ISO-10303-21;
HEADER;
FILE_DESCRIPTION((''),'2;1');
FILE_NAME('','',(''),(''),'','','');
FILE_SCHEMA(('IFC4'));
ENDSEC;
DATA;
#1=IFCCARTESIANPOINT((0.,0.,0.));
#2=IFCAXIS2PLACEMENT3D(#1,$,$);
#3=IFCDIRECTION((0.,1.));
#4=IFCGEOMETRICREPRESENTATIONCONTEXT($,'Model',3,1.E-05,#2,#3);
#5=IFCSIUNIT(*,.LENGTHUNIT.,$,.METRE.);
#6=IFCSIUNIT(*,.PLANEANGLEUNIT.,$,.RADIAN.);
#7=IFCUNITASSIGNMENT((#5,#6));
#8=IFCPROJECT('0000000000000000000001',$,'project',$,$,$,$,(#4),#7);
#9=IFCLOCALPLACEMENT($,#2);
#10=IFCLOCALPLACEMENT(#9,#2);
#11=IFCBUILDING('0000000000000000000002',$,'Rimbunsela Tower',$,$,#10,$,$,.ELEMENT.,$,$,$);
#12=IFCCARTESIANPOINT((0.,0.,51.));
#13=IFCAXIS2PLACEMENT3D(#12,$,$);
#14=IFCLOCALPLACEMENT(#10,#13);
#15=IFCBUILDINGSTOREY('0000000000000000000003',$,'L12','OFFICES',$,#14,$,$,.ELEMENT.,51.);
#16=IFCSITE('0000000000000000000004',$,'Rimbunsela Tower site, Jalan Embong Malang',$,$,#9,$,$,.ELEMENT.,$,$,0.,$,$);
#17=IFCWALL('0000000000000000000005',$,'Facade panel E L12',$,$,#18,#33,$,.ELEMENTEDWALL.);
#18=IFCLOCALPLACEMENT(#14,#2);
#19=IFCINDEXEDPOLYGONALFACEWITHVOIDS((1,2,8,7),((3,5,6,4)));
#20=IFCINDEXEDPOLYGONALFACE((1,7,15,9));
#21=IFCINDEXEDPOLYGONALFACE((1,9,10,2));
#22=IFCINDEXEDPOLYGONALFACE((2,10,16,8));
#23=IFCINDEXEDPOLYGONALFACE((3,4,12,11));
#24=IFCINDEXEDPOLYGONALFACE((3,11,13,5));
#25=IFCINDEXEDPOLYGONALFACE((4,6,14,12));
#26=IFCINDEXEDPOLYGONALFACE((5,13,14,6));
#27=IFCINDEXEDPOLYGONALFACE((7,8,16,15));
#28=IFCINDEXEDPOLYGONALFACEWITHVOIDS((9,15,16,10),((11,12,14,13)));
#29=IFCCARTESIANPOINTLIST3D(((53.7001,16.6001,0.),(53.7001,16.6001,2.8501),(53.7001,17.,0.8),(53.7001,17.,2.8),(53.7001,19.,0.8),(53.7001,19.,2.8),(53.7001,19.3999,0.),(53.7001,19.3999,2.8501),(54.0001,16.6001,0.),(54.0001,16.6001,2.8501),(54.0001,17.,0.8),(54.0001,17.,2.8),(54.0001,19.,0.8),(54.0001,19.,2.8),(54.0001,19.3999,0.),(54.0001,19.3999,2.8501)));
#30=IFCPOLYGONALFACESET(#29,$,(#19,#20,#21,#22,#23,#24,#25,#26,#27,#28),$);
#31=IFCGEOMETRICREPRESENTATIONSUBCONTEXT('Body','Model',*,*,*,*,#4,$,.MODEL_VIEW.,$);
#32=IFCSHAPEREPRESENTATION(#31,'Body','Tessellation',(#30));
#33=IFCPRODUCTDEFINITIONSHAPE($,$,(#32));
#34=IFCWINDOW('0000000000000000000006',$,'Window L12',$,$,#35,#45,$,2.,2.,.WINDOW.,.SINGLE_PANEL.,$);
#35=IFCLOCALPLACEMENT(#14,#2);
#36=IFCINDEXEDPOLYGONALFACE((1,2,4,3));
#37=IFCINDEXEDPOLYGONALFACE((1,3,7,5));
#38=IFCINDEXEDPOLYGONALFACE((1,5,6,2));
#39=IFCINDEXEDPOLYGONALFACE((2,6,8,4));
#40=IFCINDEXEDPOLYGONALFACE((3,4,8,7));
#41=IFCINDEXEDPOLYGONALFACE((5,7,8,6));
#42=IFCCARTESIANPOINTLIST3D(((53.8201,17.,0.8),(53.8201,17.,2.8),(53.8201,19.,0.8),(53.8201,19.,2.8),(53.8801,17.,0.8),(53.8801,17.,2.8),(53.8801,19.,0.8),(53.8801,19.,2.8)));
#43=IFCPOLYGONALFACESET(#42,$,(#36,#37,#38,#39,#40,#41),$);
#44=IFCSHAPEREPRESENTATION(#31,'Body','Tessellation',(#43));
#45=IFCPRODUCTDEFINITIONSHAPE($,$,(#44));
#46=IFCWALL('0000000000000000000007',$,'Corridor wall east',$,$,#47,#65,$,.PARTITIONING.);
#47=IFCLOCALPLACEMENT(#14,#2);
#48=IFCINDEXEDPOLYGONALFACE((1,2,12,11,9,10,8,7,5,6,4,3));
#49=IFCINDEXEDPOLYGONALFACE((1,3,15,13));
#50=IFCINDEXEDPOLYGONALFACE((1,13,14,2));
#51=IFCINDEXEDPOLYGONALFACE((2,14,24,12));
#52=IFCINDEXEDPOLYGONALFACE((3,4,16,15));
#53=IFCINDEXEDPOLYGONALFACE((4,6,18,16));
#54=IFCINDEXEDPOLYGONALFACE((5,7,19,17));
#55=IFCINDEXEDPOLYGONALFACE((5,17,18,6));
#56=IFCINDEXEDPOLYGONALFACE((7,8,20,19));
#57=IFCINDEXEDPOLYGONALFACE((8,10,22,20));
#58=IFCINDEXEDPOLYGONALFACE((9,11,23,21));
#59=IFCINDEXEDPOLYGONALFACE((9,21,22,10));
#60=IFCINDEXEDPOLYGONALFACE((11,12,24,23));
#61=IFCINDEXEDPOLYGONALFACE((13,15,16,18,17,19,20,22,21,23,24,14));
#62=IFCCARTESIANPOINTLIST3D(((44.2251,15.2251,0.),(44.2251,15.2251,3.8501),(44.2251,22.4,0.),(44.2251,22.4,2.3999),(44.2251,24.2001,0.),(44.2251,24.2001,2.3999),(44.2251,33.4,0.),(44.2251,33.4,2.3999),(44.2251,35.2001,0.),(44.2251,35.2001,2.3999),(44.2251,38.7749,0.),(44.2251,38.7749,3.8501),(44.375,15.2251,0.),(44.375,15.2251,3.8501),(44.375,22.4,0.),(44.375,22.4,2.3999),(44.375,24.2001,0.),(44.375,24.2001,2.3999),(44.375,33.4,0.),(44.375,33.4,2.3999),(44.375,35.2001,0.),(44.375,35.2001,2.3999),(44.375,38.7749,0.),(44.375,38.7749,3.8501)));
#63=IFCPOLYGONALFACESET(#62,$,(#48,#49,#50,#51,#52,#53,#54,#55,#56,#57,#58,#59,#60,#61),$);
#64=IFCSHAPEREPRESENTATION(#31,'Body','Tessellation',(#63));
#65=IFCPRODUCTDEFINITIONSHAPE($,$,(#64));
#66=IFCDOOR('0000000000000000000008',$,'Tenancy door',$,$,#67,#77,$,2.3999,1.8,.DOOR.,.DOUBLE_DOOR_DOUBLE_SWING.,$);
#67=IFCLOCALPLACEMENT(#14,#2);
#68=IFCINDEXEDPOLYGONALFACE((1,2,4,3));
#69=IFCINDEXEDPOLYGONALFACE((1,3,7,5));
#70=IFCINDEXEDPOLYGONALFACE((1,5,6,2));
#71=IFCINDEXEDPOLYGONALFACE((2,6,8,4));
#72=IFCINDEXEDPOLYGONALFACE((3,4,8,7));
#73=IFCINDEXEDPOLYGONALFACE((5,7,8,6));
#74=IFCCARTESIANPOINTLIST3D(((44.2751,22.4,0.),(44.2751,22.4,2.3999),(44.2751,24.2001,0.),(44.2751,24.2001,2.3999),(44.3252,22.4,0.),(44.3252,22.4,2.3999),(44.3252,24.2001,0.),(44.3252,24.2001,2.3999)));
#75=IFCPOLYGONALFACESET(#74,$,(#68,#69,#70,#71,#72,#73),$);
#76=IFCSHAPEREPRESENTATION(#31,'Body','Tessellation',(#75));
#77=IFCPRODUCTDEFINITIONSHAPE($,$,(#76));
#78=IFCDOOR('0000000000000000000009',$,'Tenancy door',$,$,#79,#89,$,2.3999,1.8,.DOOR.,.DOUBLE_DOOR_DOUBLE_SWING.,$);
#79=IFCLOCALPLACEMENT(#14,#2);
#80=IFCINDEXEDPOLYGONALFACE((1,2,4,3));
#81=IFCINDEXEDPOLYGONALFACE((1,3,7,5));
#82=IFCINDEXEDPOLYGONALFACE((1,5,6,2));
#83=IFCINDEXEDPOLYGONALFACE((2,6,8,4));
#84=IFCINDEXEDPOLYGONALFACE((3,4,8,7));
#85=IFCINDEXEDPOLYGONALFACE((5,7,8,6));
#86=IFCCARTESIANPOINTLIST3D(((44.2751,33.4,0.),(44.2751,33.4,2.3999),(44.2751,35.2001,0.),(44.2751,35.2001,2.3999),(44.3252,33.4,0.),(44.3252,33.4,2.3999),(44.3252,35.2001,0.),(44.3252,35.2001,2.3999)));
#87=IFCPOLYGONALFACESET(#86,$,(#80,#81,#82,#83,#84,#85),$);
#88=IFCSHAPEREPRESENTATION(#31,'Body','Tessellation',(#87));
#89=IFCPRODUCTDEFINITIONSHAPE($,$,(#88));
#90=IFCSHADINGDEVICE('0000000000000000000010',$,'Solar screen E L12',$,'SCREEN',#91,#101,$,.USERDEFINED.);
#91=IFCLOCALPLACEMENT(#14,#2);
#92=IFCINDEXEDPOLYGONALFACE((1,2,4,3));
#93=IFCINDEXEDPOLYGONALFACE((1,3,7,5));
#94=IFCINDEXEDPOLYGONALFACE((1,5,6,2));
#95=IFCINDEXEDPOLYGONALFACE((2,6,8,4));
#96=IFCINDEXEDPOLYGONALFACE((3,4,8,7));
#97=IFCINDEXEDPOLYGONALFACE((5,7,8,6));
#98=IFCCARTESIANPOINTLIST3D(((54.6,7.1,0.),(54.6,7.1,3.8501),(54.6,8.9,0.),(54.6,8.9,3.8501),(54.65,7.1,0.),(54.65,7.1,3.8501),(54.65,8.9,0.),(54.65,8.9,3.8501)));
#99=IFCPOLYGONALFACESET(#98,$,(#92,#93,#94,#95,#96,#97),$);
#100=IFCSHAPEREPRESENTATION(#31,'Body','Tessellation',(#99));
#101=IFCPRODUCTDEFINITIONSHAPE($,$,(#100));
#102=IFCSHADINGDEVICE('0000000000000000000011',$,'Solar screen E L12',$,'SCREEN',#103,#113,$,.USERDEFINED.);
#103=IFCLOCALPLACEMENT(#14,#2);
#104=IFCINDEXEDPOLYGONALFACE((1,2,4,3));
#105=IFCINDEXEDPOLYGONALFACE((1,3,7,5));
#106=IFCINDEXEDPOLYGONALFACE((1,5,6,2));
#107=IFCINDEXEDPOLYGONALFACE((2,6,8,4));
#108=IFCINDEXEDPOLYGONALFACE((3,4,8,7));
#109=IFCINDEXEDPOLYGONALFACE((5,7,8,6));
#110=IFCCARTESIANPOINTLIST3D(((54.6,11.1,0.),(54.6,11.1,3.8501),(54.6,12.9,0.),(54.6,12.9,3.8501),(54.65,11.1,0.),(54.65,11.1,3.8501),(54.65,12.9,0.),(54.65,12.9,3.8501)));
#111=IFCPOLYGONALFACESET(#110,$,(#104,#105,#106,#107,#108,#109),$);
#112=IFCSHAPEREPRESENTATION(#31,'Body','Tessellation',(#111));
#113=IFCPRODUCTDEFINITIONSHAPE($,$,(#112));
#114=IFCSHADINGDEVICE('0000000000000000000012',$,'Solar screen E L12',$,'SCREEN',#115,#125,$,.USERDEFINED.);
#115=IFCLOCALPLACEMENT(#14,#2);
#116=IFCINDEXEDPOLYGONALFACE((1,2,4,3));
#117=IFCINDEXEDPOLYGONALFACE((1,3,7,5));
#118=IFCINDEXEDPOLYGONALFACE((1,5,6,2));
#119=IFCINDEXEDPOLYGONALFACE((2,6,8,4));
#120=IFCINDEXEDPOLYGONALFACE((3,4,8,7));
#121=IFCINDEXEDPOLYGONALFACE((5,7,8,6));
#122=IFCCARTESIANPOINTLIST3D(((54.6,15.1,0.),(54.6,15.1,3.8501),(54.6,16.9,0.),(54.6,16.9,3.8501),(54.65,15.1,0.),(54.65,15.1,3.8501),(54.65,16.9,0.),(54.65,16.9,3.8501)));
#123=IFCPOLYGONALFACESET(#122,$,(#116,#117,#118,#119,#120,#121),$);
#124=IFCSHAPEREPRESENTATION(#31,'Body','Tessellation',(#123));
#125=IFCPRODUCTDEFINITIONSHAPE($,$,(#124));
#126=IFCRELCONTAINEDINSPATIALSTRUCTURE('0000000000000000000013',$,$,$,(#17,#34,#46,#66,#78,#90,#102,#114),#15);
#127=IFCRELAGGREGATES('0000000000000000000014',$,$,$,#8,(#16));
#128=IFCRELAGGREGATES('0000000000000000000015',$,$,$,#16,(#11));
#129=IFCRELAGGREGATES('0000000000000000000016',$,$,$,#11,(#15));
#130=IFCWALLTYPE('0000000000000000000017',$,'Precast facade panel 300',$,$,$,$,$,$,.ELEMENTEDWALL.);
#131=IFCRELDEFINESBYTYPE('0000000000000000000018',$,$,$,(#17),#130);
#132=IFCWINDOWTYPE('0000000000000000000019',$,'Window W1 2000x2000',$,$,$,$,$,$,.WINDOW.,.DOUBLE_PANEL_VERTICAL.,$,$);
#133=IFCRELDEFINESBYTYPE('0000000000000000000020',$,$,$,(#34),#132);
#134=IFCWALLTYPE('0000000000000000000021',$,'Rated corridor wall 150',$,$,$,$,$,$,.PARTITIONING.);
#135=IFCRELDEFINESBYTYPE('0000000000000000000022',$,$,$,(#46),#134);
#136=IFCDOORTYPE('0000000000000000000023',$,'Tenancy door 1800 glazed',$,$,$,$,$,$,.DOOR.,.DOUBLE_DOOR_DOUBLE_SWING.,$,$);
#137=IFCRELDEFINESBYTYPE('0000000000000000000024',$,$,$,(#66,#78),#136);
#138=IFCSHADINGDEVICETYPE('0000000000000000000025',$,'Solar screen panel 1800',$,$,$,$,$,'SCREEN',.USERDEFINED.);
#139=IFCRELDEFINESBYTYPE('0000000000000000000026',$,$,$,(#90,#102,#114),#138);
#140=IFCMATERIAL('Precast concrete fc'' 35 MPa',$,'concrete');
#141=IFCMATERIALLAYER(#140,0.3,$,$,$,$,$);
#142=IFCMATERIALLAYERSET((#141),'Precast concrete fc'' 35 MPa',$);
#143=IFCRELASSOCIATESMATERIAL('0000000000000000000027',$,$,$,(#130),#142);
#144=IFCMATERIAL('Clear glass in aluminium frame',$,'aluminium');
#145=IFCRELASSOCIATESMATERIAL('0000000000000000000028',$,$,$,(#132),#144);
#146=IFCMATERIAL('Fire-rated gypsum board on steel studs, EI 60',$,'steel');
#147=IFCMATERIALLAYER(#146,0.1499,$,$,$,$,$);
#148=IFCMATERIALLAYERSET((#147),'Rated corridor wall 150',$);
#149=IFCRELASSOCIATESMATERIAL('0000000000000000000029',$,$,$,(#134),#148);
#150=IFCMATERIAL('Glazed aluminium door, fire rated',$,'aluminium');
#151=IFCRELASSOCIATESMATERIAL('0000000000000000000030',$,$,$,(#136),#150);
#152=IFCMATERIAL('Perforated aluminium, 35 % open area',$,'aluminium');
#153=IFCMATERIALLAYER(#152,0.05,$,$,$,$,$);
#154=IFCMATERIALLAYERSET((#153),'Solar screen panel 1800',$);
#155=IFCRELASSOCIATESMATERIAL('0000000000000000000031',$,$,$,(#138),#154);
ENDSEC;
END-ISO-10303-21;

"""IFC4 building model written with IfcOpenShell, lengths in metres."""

from ifc_helpers import new_model, si_unit, direction, frame, frame_2d, origin, origin_2d, place, context, subcontext, project, spatial, rectangle, extrude, material, layer, layer_set, type_object, element, fill, save


model = new_model("IFC4")

# Units and contexts
model_context = context("Model", 3, precision=1e-05, world=origin(), true_north=direction((0.0, 1.0)))
body_context = subcontext(model_context, "Body", "Model", "MODEL_VIEW")
ifc_project = project(units=[si_unit("LENGTHUNIT", "METRE"), si_unit("PLANEANGLEUNIT", "RADIAN")], contexts=[model_context])

# Site, building, storey
site_placement = place(None, origin())
site = spatial("IfcSite", under=ifc_project, at=site_placement, Name="Rimbunsela Tower site, Jalan Embong Malang", CompositionType="ELEMENT", RefElevation=0.0)
building_placement = place(site_placement, origin())
building = spatial("IfcBuilding", under=site, at=building_placement, Name="Rimbunsela Tower", CompositionType="ELEMENT")
storey_placement = place(building_placement, frame((0.0, 0.0, 51.0)))
storey = spatial("IfcBuildingStorey", under=building, at=storey_placement, Name="L12", Description="OFFICES", CompositionType="ELEMENT", Elevation=51.0)

# Wall, opening, window
ifc_material_1 = material(Name="Precast concrete fc' 35 MPa", Category="concrete")
ifc_layer_1 = layer(ifc_material_1, 0.3)
ifc_layer_set_1 = layer_set([ifc_layer_1], Name="Precast concrete fc' 35 MPa")
wall_type_1 = type_object("IfcWallType", Name="Precast facade panel 300", PredefinedType="ELEMENTEDWALL", material=ifc_layer_set_1)
ifc_material_2 = material(Name="Clear glass in aluminium frame", Category="aluminium")
window_type = type_object("IfcWindowType", Name="Window W1 2000x2000", PartitioningType="DOUBLE_PANEL_VERTICAL", PredefinedType="WINDOW", material=ifc_material_2)
wall_1_placement = place(storey_placement, frame((53.8501, 16.6001, 0.0), z_axis=(0.0, 0.0, 1.0), x_axis=(0.0, 1.0, 0.0)))
wall_1 = element("IfcWall", 1, at=wall_1_placement, inside=storey, type_object=wall_type_1, Name="Facade panel E L12", PredefinedType="ELEMENTEDWALL", context=body_context, shape_type="SweptSolid", body=[
    extrude(rectangle(XDim=2.7998, YDim=0.3, at=frame_2d((1.3999, 0.0))), origin(), (0.0, 0.0, 1.0), 2.8501),
])
opening_1_placement = place(wall_1_placement, frame((0.3999, 0.0, 0.8)))
opening_1 = element("IfcOpeningElement", 2, at=opening_1_placement, cuts=wall_1, PredefinedType="OPENING", context=body_context, shape_type="SweptSolid", body=[
    extrude(rectangle(XDim=2.0, YDim=2.0, at=frame_2d((1.0, 1.0))), frame((0.0, 0.1599, 0.0), z_axis=(0.0, -1.0, 0.0), x_axis=(1.0, 0.0, 0.0)), (0.0, 0.0, 1.0), 0.3201),
])
window_1_placement = place(opening_1_placement, origin())
window_1 = element("IfcWindow", 3, at=window_1_placement, inside=storey, type_object=window_type, Name="Window L12", OverallHeight=2.0, OverallWidth=2.0, PartitioningType="SINGLE_PANEL", PredefinedType="WINDOW", context=body_context, shape_type="SweptSolid", body=[
    extrude(rectangle(XDim=2.0, YDim=2.0, at=frame_2d((1.0, 1.0))), frame((0.0, 0.03, 0.0), z_axis=(0.0, -1.0, 0.0), x_axis=(1.0, 0.0, 0.0)), (0.0, 0.0, 1.0), 0.0601),
])
fill(opening_1, window_1)

# Wall, openings, doors
ifc_material_3 = material(Name="Fire-rated gypsum board on steel studs, EI 60", Category="steel")
ifc_layer_2 = layer(ifc_material_3, 0.1499)
ifc_layer_set_2 = layer_set([ifc_layer_2], Name="Rated corridor wall 150")
wall_type_2 = type_object("IfcWallType", Name="Rated corridor wall 150", PredefinedType="PARTITIONING", material=ifc_layer_set_2)
wall_2_placement = place(storey_placement, frame((44.3, 15.2251, 0.0), z_axis=(0.0, 0.0, 1.0), x_axis=(0.0, 1.0, 0.0)))
wall_2 = element("IfcWall", 4, at=wall_2_placement, inside=storey, type_object=wall_type_2, Name="Corridor wall east", PredefinedType="PARTITIONING", context=body_context, shape_type="SweptSolid", body=[
    extrude(rectangle(XDim=23.5498, YDim=0.1499, at=frame_2d((11.7749, 0.0))), origin(), (0.0, 0.0, 1.0), 3.8501),
])
opening_2_placement = place(wall_2_placement, frame((7.175, 0.0, 0.0)))
opening_2 = element("IfcOpeningElement", 5, at=opening_2_placement, cuts=wall_2, PredefinedType="OPENING", context=body_context, shape_type="SweptSolid", body=[
    extrude(rectangle(XDim=1.8, YDim=2.3999, at=frame_2d((0.8999, 1.2))), frame((0.0, 0.085, 0.0), z_axis=(0.0, -1.0, 0.0), x_axis=(1.0, 0.0, 0.0)), (0.0, 0.0, 1.0), 0.1699),
])
opening_3_placement = place(wall_2_placement, frame((18.175, 0.0, 0.0)))
opening_3 = element("IfcOpeningElement", 6, at=opening_3_placement, cuts=wall_2, PredefinedType="OPENING", context=body_context, shape_type="SweptSolid", body=[
    extrude(rectangle(XDim=1.8, YDim=2.3999, at=frame_2d((0.8999, 1.2))), frame((0.0, 0.085, 0.0), z_axis=(0.0, -1.0, 0.0), x_axis=(1.0, 0.0, 0.0)), (0.0, 0.0, 1.0), 0.1699),
])
ifc_material_4 = material(Name="Glazed aluminium door, fire rated", Category="aluminium")
door_type = type_object("IfcDoorType", Name="Tenancy door 1800 glazed", OperationType="DOUBLE_DOOR_DOUBLE_SWING", PredefinedType="DOOR", material=ifc_material_4)
door_1_placement = place(opening_2_placement, origin())
door_1 = element("IfcDoor", 7, at=door_1_placement, inside=storey, type_object=door_type, Name="Tenancy door", OperationType="DOUBLE_DOOR_DOUBLE_SWING", OverallHeight=2.3999, OverallWidth=1.8, PredefinedType="DOOR", context=body_context, shape_type="SweptSolid", body=[
    extrude(rectangle(XDim=1.8, YDim=2.3999, at=frame_2d((0.8999, 1.2))), frame((0.0, 0.0249, 0.0), z_axis=(0.0, -1.0, 0.0), x_axis=(1.0, 0.0, 0.0)), (0.0, 0.0, 1.0), 0.05),
])
fill(opening_2, door_1)
door_2_placement = place(opening_3_placement, origin())
door_2 = element("IfcDoor", 8, at=door_2_placement, inside=storey, type_object=door_type, Name="Tenancy door", OperationType="DOUBLE_DOOR_DOUBLE_SWING", OverallHeight=2.3999, OverallWidth=1.8, PredefinedType="DOOR", context=body_context, shape_type="SweptSolid", body=[
    extrude(rectangle(XDim=1.8, YDim=2.3999, at=frame_2d((0.8999, 1.2))), frame((0.0, 0.0249, 0.0), z_axis=(0.0, -1.0, 0.0), x_axis=(1.0, 0.0, 0.0)), (0.0, 0.0, 1.0), 0.05),
])
fill(opening_3, door_2)

# Shading devices
ifc_material_5 = material(Name="Perforated aluminium, 35 % open area", Category="aluminium")
ifc_layer_3 = layer(ifc_material_5, 0.05)
ifc_layer_set_3 = layer_set([ifc_layer_3], Name="Solar screen panel 1800")
shading_device_type = type_object("IfcShadingDeviceType", Name="Solar screen panel 1800", ElementType="SCREEN", PredefinedType="USERDEFINED", material=ifc_layer_set_3)
for number, where, z_axis, x_axis, name in (
    (9, (54.625, 8.0, 0.0), (0.0, 0.0, 1.0), (0.0, 1.0, 0.0), "Solar screen E L12"),
    (10, (54.625, 12.0, 0.0), (0.0, 0.0, 1.0), (0.0, 1.0, 0.0), "Solar screen E L12"),
    (11, (54.625, 16.0, 0.0), (0.0, 0.0, 1.0), (0.0, 1.0, 0.0), "Solar screen E L12"),
):
    element("IfcShadingDevice", number, at=place(storey_placement, frame(where, z_axis=z_axis, x_axis=x_axis)), inside=storey, type_object=shading_device_type, Name=name, ObjectType="SCREEN", PredefinedType="USERDEFINED", context=body_context, shape_type="SweptSolid", body=[
        extrude(rectangle(XDim=1.8, YDim=0.05, at=origin_2d()), origin(), (0.0, 0.0, 1.0), 3.8501),
    ])

save(model, "model.ifc")
